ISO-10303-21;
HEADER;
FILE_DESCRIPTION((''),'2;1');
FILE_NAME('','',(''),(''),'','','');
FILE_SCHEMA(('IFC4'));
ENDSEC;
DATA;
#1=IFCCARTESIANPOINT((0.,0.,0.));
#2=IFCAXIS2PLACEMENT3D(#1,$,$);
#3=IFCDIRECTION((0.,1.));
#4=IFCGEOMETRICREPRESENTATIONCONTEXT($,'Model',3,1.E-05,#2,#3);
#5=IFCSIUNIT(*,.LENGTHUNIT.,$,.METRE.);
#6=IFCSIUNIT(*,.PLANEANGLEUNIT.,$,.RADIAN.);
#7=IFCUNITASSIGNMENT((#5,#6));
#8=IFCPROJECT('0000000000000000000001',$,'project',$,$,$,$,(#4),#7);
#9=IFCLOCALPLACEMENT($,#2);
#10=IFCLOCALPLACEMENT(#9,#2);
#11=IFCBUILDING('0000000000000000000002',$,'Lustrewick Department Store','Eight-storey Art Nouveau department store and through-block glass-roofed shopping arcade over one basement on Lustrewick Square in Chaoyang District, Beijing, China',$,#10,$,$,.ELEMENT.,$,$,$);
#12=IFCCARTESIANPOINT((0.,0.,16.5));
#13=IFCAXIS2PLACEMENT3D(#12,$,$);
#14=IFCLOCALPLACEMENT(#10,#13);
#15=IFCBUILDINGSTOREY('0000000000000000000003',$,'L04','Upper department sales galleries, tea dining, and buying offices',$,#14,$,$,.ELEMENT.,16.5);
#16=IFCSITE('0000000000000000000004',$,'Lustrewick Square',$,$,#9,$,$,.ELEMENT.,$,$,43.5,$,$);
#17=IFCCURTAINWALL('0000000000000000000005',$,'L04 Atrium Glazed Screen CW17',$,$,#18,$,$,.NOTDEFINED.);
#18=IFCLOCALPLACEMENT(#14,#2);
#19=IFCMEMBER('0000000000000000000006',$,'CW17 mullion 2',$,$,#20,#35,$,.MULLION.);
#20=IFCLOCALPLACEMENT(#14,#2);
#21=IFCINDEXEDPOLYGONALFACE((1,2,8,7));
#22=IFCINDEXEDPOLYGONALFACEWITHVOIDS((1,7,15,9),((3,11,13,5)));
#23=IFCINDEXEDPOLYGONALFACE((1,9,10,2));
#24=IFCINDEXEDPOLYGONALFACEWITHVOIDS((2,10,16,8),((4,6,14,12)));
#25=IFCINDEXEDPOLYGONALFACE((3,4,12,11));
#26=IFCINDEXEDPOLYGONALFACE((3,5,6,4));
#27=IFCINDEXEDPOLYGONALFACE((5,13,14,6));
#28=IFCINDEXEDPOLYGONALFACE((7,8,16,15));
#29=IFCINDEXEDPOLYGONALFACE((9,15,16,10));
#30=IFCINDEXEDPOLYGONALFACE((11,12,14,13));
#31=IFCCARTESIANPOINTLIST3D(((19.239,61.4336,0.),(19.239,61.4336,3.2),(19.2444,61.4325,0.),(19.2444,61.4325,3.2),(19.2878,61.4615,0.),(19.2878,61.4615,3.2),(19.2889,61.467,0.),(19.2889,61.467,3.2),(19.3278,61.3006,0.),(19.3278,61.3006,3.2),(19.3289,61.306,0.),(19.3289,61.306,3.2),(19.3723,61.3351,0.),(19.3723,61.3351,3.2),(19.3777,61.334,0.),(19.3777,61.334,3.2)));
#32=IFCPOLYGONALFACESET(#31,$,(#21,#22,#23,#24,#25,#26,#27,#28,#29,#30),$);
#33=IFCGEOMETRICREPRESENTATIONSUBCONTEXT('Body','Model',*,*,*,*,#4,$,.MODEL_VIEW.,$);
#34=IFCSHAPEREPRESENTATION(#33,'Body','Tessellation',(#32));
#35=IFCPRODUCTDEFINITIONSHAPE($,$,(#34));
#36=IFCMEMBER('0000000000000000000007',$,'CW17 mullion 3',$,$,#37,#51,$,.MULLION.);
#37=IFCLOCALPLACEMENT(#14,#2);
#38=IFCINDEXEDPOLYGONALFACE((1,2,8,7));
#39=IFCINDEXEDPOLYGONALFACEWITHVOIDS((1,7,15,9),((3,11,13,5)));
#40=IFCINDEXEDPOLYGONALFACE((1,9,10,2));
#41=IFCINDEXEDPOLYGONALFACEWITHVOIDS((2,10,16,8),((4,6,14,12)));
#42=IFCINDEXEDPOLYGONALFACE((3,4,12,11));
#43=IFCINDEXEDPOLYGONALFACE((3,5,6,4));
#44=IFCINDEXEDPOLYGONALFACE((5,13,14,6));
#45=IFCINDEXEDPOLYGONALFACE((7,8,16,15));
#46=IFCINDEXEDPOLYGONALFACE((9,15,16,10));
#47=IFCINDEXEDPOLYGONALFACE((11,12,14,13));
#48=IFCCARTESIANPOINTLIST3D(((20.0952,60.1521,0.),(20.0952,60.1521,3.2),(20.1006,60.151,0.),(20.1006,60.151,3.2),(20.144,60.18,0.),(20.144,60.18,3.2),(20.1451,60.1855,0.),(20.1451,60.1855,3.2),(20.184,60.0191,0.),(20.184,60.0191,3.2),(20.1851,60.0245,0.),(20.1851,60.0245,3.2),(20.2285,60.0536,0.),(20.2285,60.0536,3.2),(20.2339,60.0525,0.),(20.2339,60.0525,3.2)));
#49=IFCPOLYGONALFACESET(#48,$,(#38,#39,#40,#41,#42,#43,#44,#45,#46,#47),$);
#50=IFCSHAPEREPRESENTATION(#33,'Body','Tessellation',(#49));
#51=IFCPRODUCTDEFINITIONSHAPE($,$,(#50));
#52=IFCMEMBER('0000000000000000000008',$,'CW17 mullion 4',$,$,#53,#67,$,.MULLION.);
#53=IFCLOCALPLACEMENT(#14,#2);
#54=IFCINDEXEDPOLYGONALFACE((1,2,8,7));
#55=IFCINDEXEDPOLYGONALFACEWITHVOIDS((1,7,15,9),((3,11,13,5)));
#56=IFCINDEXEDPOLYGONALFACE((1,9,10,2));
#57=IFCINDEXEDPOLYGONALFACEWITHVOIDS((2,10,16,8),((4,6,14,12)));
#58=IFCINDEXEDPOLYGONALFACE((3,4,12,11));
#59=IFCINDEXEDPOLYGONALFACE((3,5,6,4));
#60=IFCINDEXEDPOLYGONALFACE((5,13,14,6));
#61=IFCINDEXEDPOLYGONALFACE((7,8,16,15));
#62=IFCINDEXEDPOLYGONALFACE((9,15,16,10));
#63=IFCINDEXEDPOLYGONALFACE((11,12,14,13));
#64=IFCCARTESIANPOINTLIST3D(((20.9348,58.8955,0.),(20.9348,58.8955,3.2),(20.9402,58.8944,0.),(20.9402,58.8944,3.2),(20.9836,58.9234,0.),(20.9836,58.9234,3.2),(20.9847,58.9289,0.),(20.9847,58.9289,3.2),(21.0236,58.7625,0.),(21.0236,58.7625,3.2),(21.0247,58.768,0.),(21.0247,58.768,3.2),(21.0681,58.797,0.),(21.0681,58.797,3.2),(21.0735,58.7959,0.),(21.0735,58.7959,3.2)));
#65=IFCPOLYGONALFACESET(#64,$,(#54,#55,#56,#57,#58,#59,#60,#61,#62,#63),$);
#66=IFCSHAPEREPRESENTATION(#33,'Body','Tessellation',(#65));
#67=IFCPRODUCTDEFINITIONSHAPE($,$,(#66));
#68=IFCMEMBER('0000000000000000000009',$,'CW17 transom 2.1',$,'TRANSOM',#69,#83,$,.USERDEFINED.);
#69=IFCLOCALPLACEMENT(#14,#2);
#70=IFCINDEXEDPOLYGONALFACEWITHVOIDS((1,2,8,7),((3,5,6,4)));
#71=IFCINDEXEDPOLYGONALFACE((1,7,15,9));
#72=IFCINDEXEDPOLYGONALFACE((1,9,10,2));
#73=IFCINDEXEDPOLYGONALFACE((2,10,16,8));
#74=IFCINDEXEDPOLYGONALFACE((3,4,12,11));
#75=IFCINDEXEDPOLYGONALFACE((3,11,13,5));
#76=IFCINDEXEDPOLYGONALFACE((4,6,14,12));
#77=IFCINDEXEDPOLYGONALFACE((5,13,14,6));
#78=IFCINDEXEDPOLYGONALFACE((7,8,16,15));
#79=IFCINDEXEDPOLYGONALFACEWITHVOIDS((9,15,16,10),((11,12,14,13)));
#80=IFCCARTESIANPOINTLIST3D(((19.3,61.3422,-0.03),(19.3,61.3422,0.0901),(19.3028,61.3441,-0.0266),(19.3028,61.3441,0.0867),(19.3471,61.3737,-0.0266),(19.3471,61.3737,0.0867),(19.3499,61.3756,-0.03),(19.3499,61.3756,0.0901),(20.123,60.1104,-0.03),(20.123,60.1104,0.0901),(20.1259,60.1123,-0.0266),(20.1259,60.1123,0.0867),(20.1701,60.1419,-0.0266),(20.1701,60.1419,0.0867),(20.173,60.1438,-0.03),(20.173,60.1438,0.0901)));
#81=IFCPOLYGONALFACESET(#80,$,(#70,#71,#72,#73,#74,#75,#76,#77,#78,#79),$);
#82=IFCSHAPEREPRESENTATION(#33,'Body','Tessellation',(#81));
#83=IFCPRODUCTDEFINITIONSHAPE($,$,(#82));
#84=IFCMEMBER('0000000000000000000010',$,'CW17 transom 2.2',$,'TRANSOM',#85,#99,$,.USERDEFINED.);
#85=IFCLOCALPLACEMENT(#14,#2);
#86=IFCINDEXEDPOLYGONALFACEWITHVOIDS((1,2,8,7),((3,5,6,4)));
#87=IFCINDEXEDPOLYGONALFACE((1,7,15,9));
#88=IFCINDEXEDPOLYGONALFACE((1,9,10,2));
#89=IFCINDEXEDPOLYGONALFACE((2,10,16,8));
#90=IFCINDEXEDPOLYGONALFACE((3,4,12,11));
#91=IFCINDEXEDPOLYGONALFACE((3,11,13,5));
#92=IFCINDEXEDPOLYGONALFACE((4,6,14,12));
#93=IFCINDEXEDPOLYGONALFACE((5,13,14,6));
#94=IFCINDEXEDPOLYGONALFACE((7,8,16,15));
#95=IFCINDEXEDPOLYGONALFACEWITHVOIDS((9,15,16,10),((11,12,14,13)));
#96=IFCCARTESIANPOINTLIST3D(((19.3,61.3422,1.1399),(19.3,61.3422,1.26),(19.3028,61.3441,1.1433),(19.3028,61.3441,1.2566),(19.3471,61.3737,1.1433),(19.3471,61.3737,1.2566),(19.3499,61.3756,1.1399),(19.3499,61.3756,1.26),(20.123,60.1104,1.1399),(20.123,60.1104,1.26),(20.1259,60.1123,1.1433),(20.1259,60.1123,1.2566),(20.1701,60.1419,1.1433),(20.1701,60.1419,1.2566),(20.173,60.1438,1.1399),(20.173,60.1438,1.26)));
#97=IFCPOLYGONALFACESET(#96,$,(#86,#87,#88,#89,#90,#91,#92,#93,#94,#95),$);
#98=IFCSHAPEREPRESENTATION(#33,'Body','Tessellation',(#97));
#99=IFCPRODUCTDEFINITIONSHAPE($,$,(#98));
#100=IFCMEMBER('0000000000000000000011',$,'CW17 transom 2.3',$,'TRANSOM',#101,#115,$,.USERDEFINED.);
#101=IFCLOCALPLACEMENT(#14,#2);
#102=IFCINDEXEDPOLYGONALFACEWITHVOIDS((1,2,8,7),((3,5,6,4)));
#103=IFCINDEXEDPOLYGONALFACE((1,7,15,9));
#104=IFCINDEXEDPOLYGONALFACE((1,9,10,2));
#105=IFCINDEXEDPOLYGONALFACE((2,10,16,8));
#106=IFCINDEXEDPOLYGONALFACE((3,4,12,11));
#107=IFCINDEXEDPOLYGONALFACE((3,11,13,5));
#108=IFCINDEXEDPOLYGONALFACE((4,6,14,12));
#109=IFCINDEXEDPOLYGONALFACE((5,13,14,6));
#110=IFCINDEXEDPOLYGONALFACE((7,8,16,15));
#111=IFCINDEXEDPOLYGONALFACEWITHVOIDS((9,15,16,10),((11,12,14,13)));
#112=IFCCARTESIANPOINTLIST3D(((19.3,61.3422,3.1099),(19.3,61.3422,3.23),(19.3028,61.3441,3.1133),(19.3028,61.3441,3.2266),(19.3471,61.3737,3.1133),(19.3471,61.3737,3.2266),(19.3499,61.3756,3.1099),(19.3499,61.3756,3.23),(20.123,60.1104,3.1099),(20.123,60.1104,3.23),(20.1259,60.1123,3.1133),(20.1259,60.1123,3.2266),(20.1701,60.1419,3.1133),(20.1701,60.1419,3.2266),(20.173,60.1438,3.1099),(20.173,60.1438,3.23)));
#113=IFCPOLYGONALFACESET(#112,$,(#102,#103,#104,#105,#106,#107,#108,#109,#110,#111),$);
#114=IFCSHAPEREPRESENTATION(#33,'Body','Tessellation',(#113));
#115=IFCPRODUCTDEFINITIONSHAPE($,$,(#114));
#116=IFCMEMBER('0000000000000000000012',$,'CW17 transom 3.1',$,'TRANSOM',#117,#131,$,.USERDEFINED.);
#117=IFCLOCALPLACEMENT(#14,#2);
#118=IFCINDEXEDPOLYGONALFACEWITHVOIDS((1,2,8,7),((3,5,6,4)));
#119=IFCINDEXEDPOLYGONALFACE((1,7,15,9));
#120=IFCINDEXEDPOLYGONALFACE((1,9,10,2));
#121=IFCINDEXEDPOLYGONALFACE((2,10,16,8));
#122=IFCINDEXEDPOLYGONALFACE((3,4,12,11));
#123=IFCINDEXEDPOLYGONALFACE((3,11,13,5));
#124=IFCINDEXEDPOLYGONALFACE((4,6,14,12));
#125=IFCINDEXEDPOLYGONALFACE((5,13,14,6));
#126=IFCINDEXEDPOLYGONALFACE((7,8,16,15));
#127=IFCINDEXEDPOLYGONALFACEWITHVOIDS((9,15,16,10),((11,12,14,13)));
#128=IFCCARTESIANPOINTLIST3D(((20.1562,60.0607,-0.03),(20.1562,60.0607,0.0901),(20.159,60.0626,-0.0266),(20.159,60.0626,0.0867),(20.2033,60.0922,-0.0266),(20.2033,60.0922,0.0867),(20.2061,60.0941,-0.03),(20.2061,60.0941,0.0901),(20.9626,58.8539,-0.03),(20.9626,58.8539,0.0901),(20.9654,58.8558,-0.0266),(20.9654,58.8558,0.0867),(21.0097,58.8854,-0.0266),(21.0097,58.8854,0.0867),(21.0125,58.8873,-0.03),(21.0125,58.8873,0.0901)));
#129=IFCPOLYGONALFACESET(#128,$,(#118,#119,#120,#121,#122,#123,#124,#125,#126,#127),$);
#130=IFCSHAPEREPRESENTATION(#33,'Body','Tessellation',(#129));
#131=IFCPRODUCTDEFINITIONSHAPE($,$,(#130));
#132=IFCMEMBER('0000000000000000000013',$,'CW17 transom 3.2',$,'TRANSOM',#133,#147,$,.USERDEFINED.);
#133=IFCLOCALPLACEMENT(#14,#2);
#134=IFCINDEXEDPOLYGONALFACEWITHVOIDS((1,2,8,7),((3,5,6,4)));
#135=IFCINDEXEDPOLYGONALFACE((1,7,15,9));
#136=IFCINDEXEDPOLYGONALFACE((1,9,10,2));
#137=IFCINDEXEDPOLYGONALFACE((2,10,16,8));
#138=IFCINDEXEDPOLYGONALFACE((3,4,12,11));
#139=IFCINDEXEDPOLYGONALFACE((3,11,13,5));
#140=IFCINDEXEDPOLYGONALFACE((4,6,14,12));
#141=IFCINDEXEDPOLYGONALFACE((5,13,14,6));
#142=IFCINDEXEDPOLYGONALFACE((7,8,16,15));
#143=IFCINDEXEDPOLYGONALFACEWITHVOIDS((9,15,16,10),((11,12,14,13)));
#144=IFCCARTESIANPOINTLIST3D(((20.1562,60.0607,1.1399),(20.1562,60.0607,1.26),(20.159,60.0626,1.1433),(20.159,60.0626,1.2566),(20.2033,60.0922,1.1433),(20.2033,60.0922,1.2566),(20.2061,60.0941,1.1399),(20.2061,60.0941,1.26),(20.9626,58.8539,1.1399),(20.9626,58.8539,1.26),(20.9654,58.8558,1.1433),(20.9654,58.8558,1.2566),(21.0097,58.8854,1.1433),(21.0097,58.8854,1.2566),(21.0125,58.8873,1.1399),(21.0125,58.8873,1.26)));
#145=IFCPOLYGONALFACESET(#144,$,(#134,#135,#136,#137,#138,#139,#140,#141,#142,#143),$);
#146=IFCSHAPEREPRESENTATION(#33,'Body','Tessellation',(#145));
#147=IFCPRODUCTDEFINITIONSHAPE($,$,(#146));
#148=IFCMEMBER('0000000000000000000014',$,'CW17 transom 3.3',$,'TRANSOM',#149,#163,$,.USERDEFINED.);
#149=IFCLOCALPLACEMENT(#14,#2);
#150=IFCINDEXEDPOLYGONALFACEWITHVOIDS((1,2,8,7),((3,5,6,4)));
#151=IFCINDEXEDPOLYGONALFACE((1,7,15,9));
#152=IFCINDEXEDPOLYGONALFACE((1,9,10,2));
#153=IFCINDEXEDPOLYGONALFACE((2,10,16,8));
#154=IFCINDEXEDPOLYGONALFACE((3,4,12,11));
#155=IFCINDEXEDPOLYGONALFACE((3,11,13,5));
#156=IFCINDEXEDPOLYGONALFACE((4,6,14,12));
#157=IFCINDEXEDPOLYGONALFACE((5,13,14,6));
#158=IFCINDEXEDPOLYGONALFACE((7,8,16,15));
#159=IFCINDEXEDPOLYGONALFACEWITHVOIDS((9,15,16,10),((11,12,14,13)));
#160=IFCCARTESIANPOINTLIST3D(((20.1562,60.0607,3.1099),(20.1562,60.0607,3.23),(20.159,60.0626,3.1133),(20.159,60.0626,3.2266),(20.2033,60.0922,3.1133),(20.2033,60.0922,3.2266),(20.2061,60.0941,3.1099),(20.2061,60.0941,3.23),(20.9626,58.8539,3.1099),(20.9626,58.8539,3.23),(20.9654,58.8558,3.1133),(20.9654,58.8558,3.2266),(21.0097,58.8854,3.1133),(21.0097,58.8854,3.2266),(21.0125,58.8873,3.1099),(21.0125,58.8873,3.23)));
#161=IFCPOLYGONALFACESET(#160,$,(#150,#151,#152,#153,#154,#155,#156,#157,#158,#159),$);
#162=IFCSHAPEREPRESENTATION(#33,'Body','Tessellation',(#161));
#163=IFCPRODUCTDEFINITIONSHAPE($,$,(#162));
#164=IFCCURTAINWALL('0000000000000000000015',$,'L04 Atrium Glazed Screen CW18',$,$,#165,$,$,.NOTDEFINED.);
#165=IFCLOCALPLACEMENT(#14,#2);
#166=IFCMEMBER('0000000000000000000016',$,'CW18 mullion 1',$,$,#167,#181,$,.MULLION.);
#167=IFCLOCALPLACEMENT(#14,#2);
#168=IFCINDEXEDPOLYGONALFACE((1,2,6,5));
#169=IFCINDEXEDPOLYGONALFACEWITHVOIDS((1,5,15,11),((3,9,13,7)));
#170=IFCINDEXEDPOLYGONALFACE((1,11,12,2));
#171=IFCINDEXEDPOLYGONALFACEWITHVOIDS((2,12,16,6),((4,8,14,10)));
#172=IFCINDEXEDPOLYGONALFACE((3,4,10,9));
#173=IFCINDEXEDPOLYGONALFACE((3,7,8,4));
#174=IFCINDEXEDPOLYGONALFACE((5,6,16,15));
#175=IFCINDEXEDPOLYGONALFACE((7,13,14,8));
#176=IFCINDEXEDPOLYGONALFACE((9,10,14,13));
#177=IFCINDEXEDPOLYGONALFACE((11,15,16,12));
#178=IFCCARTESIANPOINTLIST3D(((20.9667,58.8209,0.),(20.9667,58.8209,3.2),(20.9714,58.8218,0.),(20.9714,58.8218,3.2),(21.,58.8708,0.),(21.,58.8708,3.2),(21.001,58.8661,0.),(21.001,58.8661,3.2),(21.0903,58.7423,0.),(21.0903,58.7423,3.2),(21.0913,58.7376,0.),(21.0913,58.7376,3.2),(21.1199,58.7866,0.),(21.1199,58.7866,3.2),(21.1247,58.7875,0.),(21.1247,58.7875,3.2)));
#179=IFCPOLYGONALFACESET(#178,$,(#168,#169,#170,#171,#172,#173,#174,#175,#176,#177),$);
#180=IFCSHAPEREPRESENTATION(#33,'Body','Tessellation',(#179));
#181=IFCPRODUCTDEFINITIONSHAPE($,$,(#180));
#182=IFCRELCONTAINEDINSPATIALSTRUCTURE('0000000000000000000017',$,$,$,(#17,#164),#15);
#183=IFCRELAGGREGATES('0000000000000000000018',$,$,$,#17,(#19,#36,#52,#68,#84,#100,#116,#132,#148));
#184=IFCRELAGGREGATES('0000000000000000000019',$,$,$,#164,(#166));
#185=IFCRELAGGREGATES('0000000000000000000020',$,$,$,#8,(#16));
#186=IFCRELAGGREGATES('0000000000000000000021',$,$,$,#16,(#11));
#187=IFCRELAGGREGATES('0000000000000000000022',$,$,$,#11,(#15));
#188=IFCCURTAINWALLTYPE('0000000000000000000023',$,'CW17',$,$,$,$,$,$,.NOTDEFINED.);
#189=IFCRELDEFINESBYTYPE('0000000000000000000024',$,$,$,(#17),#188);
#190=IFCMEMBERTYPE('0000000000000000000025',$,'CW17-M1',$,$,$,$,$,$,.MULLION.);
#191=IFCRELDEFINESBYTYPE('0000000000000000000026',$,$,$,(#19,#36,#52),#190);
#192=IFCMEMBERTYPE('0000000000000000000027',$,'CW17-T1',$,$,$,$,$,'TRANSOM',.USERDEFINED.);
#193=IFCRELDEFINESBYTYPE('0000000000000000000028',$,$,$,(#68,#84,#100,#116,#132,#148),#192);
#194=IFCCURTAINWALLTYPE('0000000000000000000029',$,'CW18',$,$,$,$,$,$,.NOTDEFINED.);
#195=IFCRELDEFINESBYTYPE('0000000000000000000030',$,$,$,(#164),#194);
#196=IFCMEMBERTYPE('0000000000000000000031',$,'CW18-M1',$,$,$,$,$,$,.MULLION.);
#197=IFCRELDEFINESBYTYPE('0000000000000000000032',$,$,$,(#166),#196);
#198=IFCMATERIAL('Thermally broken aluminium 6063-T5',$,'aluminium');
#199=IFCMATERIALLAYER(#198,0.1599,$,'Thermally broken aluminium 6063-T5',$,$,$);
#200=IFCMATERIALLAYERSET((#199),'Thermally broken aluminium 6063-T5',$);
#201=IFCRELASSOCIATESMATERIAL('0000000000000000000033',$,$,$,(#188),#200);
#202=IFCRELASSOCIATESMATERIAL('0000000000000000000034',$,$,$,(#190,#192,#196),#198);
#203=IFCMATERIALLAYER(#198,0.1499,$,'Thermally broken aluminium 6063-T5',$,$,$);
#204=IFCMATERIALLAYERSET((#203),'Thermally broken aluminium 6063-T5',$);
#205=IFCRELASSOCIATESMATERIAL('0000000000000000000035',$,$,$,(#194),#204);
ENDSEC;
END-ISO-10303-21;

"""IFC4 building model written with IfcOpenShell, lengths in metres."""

from ifc_helpers import new_model, si_unit, direction, frame, origin, origin_2d, place, context, subcontext, project, spatial, hollow_rectangle, extrude, material, layer, layer_set, material_profile, profile_set, type_object, element, aggregate, save


model = new_model("IFC4")

# Units and contexts
model_context = context("Model", 3, precision=1e-05, world=origin(), true_north=direction((0.0, 1.0)))
body_context = subcontext(model_context, "Body", "Model", "MODEL_VIEW")
ifc_project = project(units=[si_unit("LENGTHUNIT", "METRE"), si_unit("PLANEANGLEUNIT", "RADIAN")], contexts=[model_context])

# Site, building, storey
site_placement = place(None, origin())
site = spatial("IfcSite", under=ifc_project, at=site_placement, Name="Lustrewick Square", CompositionType="ELEMENT", RefElevation=43.5)
building_placement = place(site_placement, origin())
building = spatial("IfcBuilding", under=site, at=building_placement, Name="Lustrewick Department Store", Description="Eight-storey Art Nouveau department store and through-block glass-roofed shopping arcade over one basement on Lustrewick Square in Chaoyang District, Beijing, China", CompositionType="ELEMENT")
storey_placement = place(building_placement, frame((0.0, 0.0, 16.5)))
storey = spatial("IfcBuildingStorey", under=building, at=storey_placement, Name="L04", Description="Upper department sales galleries, tea dining, and buying offices", CompositionType="ELEMENT", Elevation=16.5)

# Curtain walls, members
ifc_material_1 = material(Name="Thermally broken aluminium 6063-T5", Category="aluminium")
ifc_layer_1 = layer(ifc_material_1, 0.1599, Name="Thermally broken aluminium 6063-T5")
ifc_layer_set_1 = layer_set([ifc_layer_1], Name="Thermally broken aluminium 6063-T5")
curtain_wall_type_1 = type_object("IfcCurtainWallType", Name="CW17", PredefinedType="NOTDEFINED", material=ifc_layer_set_1)
curtain_wall_1_placement = place(storey_placement, origin())
curtain_wall_1 = element("IfcCurtainWall", 1, at=curtain_wall_1_placement, inside=storey, type_object=curtain_wall_type_1, Name="L04 Atrium Glazed Screen CW17", PredefinedType="NOTDEFINED")
ifc_material_profile_1 = material_profile(ifc_material_1, hollow_rectangle(XDim=0.0601, YDim=0.1599, WallThickness=0.0039, at=origin_2d()), Name="ALU-M 60x160x4")
ifc_profile_set_1 = profile_set([ifc_material_profile_1], Name="Thermally broken aluminium 6063-T5")
member_type_1 = type_object("IfcMemberType", Name="CW17-M1", PredefinedType="MULLION", material=ifc_profile_set_1)
member_1_placement = place(storey_placement, frame((19.3083, 61.3838, 0.0), z_axis=(0.0, 0.0, 1.0), x_axis=(0.831464, 0.555578, 0.0)))
member_1 = element("IfcMember", 2, at=member_1_placement, type_object=member_type_1, Name="CW17 mullion 2", PredefinedType="MULLION", context=body_context, shape_type="SweptSolid", body=[
    extrude(hollow_rectangle(XDim=0.0601, YDim=0.1599, WallThickness=0.0039, at=origin_2d()), origin(), (0.0, 0.0, 1.0), 3.2),
])
member_2_placement = place(storey_placement, frame((20.1646, 60.1023, 0.0), z_axis=(0.0, 0.0, 1.0), x_axis=(0.831464, 0.555578, 0.0)))
member_2 = element("IfcMember", 3, at=member_2_placement, type_object=member_type_1, Name="CW17 mullion 3", PredefinedType="MULLION", context=body_context, shape_type="SweptSolid", body=[
    extrude(hollow_rectangle(XDim=0.0601, YDim=0.1599, WallThickness=0.0039, at=origin_2d()), origin(), (0.0, 0.0, 1.0), 3.2),
])
member_3_placement = place(storey_placement, frame((21.0042, 58.8457, 0.0), z_axis=(0.0, 0.0, 1.0), x_axis=(0.831464, 0.555578, 0.0)))
member_3 = element("IfcMember", 4, at=member_3_placement, type_object=member_type_1, Name="CW17 mullion 4", PredefinedType="MULLION", context=body_context, shape_type="SweptSolid", body=[
    extrude(hollow_rectangle(XDim=0.0601, YDim=0.1599, WallThickness=0.0039, at=origin_2d()), origin(), (0.0, 0.0, 1.0), 3.2),
])
ifc_material_profile_2 = material_profile(ifc_material_1, hollow_rectangle(XDim=0.0601, YDim=0.1201, WallThickness=0.0034, at=origin_2d()), Name="ALU-T 60x120x3.5")
ifc_profile_set_2 = profile_set([ifc_material_profile_2], Name="Thermally broken aluminium 6063-T5")
member_type_2 = type_object("IfcMemberType", Name="CW17-T1", ElementType="TRANSOM", PredefinedType="USERDEFINED", material=ifc_profile_set_2)
member_4_placement = place(storey_placement, frame((19.325, 61.3589, 0.03), z_axis=(0.555575, -0.831467, 0.0), x_axis=(0.831467, 0.555575, 0.0)))
member_4 = element("IfcMember", 5, at=member_4_placement, type_object=member_type_2, Name="CW17 transom 2.1", ObjectType="TRANSOM", PredefinedType="USERDEFINED", context=body_context, shape_type="SweptSolid", body=[
    extrude(hollow_rectangle(XDim=0.0601, YDim=0.1201, WallThickness=0.0034, at=origin_2d()), origin(), (0.0, 0.0, 1.0), 1.4814),
])
member_5_placement = place(storey_placement, frame((19.325, 61.3589, 1.2), z_axis=(0.555575, -0.831467, 0.0), x_axis=(0.831467, 0.555575, 0.0)))
member_5 = element("IfcMember", 6, at=member_5_placement, type_object=member_type_2, Name="CW17 transom 2.2", ObjectType="TRANSOM", PredefinedType="USERDEFINED", context=body_context, shape_type="SweptSolid", body=[
    extrude(hollow_rectangle(XDim=0.0601, YDim=0.1201, WallThickness=0.0034, at=origin_2d()), origin(), (0.0, 0.0, 1.0), 1.4814),
])
member_6_placement = place(storey_placement, frame((19.325, 61.3589, 3.1699), z_axis=(0.555575, -0.831467, 0.0), x_axis=(0.831467, 0.555575, 0.0)))
member_6 = element("IfcMember", 7, at=member_6_placement, type_object=member_type_2, Name="CW17 transom 2.3", ObjectType="TRANSOM", PredefinedType="USERDEFINED", context=body_context, shape_type="SweptSolid", body=[
    extrude(hollow_rectangle(XDim=0.0601, YDim=0.1201, WallThickness=0.0034, at=origin_2d()), origin(), (0.0, 0.0, 1.0), 1.4814),
])
member_7_placement = place(storey_placement, frame((20.1812, 60.0774, 0.03), z_axis=(0.555593, -0.831455, 0.0), x_axis=(0.831455, 0.555593, 0.0)))
member_7 = element("IfcMember", 8, at=member_7_placement, type_object=member_type_2, Name="CW17 transom 3.1", ObjectType="TRANSOM", PredefinedType="USERDEFINED", context=body_context, shape_type="SweptSolid", body=[
    extrude(hollow_rectangle(XDim=0.0601, YDim=0.1201, WallThickness=0.0034, at=origin_2d()), origin(), (0.0, 0.0, 1.0), 1.4514),
])
member_8_placement = place(storey_placement, frame((20.1812, 60.0774, 1.2), z_axis=(0.555593, -0.831455, 0.0), x_axis=(0.831455, 0.555593, 0.0)))
member_8 = element("IfcMember", 9, at=member_8_placement, type_object=member_type_2, Name="CW17 transom 3.2", ObjectType="TRANSOM", PredefinedType="USERDEFINED", context=body_context, shape_type="SweptSolid", body=[
    extrude(hollow_rectangle(XDim=0.0601, YDim=0.1201, WallThickness=0.0034, at=origin_2d()), origin(), (0.0, 0.0, 1.0), 1.4514),
])
member_9_placement = place(storey_placement, frame((20.1812, 60.0774, 3.1699), z_axis=(0.555593, -0.831455, 0.0), x_axis=(0.831455, 0.555593, 0.0)))
member_9 = element("IfcMember", 10, at=member_9_placement, type_object=member_type_2, Name="CW17 transom 3.3", ObjectType="TRANSOM", PredefinedType="USERDEFINED", context=body_context, shape_type="SweptSolid", body=[
    extrude(hollow_rectangle(XDim=0.0601, YDim=0.1201, WallThickness=0.0034, at=origin_2d()), origin(), (0.0, 0.0, 1.0), 1.4514),
])
ifc_layer_2 = layer(ifc_material_1, 0.1499, Name="Thermally broken aluminium 6063-T5")
ifc_layer_set_2 = layer_set([ifc_layer_2], Name="Thermally broken aluminium 6063-T5")
curtain_wall_type_2 = type_object("IfcCurtainWallType", Name="CW18", PredefinedType="NOTDEFINED", material=ifc_layer_set_2)
curtain_wall_2_placement = place(storey_placement, origin())
curtain_wall_2 = element("IfcCurtainWall", 11, at=curtain_wall_2_placement, inside=storey, type_object=curtain_wall_type_2, Name="L04 Atrium Glazed Screen CW18", PredefinedType="NOTDEFINED")
ifc_material_profile_3 = material_profile(ifc_material_1, hollow_rectangle(XDim=0.0601, YDim=0.1499, WallThickness=0.0034, at=origin_2d()), Name="ALU-M 60x150x3.5")
ifc_profile_set_3 = profile_set([ifc_material_profile_3], Name="Thermally broken aluminium 6063-T5")
member_type_3 = type_object("IfcMemberType", Name="CW18-M1", PredefinedType="MULLION", material=ifc_profile_set_3)
member_10_placement = place(storey_placement, frame((21.0457, 58.8042, 0.0), z_axis=(0.0, 0.0, 1.0), x_axis=(0.555578, 0.831464, 0.0)))
member_10 = element("IfcMember", 12, at=member_10_placement, type_object=member_type_3, Name="CW18 mullion 1", PredefinedType="MULLION", context=body_context, shape_type="SweptSolid", body=[
    extrude(hollow_rectangle(XDim=0.0601, YDim=0.1499, WallThickness=0.0034, at=origin_2d()), origin(), (0.0, 0.0, 1.0), 3.2),
])

aggregate(curtain_wall_1, [member_1, member_2, member_3, member_4, member_5, member_6, member_7, member_8, member_9])
aggregate(curtain_wall_2, [member_10])

save(model, "model.ifc")
